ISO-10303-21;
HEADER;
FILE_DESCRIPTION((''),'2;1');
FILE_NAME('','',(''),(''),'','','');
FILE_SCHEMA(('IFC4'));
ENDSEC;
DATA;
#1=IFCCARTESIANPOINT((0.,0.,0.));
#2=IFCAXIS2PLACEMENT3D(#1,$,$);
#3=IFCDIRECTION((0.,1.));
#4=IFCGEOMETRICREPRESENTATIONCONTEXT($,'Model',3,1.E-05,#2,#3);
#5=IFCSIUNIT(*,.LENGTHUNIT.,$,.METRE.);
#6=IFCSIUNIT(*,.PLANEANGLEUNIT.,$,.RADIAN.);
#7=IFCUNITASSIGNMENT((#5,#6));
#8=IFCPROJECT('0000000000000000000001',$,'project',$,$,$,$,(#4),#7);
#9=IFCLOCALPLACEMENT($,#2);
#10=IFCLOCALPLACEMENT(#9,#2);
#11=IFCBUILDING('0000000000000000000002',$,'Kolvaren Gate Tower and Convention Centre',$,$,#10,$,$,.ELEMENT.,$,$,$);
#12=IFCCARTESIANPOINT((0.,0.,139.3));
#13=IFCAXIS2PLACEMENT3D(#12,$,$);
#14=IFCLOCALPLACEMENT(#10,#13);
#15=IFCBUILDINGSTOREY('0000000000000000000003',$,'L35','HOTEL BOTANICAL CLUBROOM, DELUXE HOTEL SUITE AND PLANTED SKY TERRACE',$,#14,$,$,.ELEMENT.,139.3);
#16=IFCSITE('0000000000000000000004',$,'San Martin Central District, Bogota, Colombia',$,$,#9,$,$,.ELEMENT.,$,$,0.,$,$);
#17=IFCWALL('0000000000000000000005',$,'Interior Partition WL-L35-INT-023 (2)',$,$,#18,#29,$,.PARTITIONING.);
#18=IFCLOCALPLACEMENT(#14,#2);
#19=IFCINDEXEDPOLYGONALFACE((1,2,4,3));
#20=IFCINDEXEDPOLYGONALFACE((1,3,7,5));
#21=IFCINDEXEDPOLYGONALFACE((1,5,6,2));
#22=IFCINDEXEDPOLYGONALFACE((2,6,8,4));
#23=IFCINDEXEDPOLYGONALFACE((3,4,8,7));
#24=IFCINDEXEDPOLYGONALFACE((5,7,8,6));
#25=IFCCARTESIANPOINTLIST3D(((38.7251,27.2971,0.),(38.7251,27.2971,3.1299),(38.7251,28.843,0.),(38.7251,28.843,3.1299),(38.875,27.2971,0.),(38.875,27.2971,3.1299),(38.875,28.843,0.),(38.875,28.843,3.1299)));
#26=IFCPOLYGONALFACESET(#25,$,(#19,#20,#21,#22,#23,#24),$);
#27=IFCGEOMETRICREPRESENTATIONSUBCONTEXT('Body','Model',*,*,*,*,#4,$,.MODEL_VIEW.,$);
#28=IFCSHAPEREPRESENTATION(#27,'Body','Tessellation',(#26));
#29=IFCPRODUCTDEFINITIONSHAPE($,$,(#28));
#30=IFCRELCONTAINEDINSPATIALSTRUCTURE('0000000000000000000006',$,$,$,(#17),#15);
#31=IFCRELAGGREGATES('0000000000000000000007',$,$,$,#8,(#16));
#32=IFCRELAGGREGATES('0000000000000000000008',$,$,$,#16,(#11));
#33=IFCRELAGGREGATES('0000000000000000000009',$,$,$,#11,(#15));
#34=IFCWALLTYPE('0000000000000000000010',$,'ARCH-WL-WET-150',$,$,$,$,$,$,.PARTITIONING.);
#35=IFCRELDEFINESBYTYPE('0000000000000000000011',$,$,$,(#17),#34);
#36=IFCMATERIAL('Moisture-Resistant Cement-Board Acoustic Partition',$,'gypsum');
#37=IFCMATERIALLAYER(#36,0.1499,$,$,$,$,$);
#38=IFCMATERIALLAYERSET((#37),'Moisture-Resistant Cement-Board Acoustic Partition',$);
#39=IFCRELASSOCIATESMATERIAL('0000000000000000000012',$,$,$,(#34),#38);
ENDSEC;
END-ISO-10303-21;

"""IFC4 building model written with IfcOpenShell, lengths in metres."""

from ifc_helpers import new_model, si_unit, direction, frame, frame_2d, origin, place, context, subcontext, project, spatial, rectangle, extrude, material, layer, layer_set, type_object, element, save


model = new_model("IFC4")

# Units and contexts
model_context = context("Model", 3, precision=1e-05, world=origin(), true_north=direction((0.0, 1.0)))
body_context = subcontext(model_context, "Body", "Model", "MODEL_VIEW")
ifc_project = project(units=[si_unit("LENGTHUNIT", "METRE"), si_unit("PLANEANGLEUNIT", "RADIAN")], contexts=[model_context])

# Site, building, storey
site_placement = place(None, origin())
site = spatial("IfcSite", under=ifc_project, at=site_placement, Name="San Martin Central District, Bogota, Colombia", CompositionType="ELEMENT", RefElevation=0.0)
building_placement = place(site_placement, origin())
building = spatial("IfcBuilding", under=site, at=building_placement, Name="Kolvaren Gate Tower and Convention Centre", CompositionType="ELEMENT")
storey_placement = place(building_placement, frame((0.0, 0.0, 139.3)))
storey = spatial("IfcBuildingStorey", under=building, at=storey_placement, Name="L35", Description="HOTEL BOTANICAL CLUBROOM, DELUXE HOTEL SUITE AND PLANTED SKY TERRACE", CompositionType="ELEMENT", Elevation=139.3)

# Wall
ifc_material_1 = material(Name="Moisture-Resistant Cement-Board Acoustic Partition", Category="gypsum")
ifc_layer_1 = layer(ifc_material_1, 0.1499)
ifc_layer_set_1 = layer_set([ifc_layer_1], Name="Moisture-Resistant Cement-Board Acoustic Partition")
wall_type_1 = type_object("IfcWallType", Name="ARCH-WL-WET-150", PredefinedType="PARTITIONING", material=ifc_layer_set_1)
wall_1_placement = place(storey_placement, frame((38.8, 27.2971, 0.0), z_axis=(0.0, 0.0, 1.0), x_axis=(0.0, 1.0, 0.0)))
element("IfcWall", 1, at=wall_1_placement, inside=storey, type_object=wall_type_1, Name="Interior Partition WL-L35-INT-023 (2)", PredefinedType="PARTITIONING", context=body_context, shape_type="SweptSolid", body=[
    extrude(rectangle(XDim=1.5459, YDim=0.1499, at=frame_2d((0.7729, 0.0))), origin(), (0.0, 0.0, 1.0), 3.1299),
])

save(model, "model.ifc")
